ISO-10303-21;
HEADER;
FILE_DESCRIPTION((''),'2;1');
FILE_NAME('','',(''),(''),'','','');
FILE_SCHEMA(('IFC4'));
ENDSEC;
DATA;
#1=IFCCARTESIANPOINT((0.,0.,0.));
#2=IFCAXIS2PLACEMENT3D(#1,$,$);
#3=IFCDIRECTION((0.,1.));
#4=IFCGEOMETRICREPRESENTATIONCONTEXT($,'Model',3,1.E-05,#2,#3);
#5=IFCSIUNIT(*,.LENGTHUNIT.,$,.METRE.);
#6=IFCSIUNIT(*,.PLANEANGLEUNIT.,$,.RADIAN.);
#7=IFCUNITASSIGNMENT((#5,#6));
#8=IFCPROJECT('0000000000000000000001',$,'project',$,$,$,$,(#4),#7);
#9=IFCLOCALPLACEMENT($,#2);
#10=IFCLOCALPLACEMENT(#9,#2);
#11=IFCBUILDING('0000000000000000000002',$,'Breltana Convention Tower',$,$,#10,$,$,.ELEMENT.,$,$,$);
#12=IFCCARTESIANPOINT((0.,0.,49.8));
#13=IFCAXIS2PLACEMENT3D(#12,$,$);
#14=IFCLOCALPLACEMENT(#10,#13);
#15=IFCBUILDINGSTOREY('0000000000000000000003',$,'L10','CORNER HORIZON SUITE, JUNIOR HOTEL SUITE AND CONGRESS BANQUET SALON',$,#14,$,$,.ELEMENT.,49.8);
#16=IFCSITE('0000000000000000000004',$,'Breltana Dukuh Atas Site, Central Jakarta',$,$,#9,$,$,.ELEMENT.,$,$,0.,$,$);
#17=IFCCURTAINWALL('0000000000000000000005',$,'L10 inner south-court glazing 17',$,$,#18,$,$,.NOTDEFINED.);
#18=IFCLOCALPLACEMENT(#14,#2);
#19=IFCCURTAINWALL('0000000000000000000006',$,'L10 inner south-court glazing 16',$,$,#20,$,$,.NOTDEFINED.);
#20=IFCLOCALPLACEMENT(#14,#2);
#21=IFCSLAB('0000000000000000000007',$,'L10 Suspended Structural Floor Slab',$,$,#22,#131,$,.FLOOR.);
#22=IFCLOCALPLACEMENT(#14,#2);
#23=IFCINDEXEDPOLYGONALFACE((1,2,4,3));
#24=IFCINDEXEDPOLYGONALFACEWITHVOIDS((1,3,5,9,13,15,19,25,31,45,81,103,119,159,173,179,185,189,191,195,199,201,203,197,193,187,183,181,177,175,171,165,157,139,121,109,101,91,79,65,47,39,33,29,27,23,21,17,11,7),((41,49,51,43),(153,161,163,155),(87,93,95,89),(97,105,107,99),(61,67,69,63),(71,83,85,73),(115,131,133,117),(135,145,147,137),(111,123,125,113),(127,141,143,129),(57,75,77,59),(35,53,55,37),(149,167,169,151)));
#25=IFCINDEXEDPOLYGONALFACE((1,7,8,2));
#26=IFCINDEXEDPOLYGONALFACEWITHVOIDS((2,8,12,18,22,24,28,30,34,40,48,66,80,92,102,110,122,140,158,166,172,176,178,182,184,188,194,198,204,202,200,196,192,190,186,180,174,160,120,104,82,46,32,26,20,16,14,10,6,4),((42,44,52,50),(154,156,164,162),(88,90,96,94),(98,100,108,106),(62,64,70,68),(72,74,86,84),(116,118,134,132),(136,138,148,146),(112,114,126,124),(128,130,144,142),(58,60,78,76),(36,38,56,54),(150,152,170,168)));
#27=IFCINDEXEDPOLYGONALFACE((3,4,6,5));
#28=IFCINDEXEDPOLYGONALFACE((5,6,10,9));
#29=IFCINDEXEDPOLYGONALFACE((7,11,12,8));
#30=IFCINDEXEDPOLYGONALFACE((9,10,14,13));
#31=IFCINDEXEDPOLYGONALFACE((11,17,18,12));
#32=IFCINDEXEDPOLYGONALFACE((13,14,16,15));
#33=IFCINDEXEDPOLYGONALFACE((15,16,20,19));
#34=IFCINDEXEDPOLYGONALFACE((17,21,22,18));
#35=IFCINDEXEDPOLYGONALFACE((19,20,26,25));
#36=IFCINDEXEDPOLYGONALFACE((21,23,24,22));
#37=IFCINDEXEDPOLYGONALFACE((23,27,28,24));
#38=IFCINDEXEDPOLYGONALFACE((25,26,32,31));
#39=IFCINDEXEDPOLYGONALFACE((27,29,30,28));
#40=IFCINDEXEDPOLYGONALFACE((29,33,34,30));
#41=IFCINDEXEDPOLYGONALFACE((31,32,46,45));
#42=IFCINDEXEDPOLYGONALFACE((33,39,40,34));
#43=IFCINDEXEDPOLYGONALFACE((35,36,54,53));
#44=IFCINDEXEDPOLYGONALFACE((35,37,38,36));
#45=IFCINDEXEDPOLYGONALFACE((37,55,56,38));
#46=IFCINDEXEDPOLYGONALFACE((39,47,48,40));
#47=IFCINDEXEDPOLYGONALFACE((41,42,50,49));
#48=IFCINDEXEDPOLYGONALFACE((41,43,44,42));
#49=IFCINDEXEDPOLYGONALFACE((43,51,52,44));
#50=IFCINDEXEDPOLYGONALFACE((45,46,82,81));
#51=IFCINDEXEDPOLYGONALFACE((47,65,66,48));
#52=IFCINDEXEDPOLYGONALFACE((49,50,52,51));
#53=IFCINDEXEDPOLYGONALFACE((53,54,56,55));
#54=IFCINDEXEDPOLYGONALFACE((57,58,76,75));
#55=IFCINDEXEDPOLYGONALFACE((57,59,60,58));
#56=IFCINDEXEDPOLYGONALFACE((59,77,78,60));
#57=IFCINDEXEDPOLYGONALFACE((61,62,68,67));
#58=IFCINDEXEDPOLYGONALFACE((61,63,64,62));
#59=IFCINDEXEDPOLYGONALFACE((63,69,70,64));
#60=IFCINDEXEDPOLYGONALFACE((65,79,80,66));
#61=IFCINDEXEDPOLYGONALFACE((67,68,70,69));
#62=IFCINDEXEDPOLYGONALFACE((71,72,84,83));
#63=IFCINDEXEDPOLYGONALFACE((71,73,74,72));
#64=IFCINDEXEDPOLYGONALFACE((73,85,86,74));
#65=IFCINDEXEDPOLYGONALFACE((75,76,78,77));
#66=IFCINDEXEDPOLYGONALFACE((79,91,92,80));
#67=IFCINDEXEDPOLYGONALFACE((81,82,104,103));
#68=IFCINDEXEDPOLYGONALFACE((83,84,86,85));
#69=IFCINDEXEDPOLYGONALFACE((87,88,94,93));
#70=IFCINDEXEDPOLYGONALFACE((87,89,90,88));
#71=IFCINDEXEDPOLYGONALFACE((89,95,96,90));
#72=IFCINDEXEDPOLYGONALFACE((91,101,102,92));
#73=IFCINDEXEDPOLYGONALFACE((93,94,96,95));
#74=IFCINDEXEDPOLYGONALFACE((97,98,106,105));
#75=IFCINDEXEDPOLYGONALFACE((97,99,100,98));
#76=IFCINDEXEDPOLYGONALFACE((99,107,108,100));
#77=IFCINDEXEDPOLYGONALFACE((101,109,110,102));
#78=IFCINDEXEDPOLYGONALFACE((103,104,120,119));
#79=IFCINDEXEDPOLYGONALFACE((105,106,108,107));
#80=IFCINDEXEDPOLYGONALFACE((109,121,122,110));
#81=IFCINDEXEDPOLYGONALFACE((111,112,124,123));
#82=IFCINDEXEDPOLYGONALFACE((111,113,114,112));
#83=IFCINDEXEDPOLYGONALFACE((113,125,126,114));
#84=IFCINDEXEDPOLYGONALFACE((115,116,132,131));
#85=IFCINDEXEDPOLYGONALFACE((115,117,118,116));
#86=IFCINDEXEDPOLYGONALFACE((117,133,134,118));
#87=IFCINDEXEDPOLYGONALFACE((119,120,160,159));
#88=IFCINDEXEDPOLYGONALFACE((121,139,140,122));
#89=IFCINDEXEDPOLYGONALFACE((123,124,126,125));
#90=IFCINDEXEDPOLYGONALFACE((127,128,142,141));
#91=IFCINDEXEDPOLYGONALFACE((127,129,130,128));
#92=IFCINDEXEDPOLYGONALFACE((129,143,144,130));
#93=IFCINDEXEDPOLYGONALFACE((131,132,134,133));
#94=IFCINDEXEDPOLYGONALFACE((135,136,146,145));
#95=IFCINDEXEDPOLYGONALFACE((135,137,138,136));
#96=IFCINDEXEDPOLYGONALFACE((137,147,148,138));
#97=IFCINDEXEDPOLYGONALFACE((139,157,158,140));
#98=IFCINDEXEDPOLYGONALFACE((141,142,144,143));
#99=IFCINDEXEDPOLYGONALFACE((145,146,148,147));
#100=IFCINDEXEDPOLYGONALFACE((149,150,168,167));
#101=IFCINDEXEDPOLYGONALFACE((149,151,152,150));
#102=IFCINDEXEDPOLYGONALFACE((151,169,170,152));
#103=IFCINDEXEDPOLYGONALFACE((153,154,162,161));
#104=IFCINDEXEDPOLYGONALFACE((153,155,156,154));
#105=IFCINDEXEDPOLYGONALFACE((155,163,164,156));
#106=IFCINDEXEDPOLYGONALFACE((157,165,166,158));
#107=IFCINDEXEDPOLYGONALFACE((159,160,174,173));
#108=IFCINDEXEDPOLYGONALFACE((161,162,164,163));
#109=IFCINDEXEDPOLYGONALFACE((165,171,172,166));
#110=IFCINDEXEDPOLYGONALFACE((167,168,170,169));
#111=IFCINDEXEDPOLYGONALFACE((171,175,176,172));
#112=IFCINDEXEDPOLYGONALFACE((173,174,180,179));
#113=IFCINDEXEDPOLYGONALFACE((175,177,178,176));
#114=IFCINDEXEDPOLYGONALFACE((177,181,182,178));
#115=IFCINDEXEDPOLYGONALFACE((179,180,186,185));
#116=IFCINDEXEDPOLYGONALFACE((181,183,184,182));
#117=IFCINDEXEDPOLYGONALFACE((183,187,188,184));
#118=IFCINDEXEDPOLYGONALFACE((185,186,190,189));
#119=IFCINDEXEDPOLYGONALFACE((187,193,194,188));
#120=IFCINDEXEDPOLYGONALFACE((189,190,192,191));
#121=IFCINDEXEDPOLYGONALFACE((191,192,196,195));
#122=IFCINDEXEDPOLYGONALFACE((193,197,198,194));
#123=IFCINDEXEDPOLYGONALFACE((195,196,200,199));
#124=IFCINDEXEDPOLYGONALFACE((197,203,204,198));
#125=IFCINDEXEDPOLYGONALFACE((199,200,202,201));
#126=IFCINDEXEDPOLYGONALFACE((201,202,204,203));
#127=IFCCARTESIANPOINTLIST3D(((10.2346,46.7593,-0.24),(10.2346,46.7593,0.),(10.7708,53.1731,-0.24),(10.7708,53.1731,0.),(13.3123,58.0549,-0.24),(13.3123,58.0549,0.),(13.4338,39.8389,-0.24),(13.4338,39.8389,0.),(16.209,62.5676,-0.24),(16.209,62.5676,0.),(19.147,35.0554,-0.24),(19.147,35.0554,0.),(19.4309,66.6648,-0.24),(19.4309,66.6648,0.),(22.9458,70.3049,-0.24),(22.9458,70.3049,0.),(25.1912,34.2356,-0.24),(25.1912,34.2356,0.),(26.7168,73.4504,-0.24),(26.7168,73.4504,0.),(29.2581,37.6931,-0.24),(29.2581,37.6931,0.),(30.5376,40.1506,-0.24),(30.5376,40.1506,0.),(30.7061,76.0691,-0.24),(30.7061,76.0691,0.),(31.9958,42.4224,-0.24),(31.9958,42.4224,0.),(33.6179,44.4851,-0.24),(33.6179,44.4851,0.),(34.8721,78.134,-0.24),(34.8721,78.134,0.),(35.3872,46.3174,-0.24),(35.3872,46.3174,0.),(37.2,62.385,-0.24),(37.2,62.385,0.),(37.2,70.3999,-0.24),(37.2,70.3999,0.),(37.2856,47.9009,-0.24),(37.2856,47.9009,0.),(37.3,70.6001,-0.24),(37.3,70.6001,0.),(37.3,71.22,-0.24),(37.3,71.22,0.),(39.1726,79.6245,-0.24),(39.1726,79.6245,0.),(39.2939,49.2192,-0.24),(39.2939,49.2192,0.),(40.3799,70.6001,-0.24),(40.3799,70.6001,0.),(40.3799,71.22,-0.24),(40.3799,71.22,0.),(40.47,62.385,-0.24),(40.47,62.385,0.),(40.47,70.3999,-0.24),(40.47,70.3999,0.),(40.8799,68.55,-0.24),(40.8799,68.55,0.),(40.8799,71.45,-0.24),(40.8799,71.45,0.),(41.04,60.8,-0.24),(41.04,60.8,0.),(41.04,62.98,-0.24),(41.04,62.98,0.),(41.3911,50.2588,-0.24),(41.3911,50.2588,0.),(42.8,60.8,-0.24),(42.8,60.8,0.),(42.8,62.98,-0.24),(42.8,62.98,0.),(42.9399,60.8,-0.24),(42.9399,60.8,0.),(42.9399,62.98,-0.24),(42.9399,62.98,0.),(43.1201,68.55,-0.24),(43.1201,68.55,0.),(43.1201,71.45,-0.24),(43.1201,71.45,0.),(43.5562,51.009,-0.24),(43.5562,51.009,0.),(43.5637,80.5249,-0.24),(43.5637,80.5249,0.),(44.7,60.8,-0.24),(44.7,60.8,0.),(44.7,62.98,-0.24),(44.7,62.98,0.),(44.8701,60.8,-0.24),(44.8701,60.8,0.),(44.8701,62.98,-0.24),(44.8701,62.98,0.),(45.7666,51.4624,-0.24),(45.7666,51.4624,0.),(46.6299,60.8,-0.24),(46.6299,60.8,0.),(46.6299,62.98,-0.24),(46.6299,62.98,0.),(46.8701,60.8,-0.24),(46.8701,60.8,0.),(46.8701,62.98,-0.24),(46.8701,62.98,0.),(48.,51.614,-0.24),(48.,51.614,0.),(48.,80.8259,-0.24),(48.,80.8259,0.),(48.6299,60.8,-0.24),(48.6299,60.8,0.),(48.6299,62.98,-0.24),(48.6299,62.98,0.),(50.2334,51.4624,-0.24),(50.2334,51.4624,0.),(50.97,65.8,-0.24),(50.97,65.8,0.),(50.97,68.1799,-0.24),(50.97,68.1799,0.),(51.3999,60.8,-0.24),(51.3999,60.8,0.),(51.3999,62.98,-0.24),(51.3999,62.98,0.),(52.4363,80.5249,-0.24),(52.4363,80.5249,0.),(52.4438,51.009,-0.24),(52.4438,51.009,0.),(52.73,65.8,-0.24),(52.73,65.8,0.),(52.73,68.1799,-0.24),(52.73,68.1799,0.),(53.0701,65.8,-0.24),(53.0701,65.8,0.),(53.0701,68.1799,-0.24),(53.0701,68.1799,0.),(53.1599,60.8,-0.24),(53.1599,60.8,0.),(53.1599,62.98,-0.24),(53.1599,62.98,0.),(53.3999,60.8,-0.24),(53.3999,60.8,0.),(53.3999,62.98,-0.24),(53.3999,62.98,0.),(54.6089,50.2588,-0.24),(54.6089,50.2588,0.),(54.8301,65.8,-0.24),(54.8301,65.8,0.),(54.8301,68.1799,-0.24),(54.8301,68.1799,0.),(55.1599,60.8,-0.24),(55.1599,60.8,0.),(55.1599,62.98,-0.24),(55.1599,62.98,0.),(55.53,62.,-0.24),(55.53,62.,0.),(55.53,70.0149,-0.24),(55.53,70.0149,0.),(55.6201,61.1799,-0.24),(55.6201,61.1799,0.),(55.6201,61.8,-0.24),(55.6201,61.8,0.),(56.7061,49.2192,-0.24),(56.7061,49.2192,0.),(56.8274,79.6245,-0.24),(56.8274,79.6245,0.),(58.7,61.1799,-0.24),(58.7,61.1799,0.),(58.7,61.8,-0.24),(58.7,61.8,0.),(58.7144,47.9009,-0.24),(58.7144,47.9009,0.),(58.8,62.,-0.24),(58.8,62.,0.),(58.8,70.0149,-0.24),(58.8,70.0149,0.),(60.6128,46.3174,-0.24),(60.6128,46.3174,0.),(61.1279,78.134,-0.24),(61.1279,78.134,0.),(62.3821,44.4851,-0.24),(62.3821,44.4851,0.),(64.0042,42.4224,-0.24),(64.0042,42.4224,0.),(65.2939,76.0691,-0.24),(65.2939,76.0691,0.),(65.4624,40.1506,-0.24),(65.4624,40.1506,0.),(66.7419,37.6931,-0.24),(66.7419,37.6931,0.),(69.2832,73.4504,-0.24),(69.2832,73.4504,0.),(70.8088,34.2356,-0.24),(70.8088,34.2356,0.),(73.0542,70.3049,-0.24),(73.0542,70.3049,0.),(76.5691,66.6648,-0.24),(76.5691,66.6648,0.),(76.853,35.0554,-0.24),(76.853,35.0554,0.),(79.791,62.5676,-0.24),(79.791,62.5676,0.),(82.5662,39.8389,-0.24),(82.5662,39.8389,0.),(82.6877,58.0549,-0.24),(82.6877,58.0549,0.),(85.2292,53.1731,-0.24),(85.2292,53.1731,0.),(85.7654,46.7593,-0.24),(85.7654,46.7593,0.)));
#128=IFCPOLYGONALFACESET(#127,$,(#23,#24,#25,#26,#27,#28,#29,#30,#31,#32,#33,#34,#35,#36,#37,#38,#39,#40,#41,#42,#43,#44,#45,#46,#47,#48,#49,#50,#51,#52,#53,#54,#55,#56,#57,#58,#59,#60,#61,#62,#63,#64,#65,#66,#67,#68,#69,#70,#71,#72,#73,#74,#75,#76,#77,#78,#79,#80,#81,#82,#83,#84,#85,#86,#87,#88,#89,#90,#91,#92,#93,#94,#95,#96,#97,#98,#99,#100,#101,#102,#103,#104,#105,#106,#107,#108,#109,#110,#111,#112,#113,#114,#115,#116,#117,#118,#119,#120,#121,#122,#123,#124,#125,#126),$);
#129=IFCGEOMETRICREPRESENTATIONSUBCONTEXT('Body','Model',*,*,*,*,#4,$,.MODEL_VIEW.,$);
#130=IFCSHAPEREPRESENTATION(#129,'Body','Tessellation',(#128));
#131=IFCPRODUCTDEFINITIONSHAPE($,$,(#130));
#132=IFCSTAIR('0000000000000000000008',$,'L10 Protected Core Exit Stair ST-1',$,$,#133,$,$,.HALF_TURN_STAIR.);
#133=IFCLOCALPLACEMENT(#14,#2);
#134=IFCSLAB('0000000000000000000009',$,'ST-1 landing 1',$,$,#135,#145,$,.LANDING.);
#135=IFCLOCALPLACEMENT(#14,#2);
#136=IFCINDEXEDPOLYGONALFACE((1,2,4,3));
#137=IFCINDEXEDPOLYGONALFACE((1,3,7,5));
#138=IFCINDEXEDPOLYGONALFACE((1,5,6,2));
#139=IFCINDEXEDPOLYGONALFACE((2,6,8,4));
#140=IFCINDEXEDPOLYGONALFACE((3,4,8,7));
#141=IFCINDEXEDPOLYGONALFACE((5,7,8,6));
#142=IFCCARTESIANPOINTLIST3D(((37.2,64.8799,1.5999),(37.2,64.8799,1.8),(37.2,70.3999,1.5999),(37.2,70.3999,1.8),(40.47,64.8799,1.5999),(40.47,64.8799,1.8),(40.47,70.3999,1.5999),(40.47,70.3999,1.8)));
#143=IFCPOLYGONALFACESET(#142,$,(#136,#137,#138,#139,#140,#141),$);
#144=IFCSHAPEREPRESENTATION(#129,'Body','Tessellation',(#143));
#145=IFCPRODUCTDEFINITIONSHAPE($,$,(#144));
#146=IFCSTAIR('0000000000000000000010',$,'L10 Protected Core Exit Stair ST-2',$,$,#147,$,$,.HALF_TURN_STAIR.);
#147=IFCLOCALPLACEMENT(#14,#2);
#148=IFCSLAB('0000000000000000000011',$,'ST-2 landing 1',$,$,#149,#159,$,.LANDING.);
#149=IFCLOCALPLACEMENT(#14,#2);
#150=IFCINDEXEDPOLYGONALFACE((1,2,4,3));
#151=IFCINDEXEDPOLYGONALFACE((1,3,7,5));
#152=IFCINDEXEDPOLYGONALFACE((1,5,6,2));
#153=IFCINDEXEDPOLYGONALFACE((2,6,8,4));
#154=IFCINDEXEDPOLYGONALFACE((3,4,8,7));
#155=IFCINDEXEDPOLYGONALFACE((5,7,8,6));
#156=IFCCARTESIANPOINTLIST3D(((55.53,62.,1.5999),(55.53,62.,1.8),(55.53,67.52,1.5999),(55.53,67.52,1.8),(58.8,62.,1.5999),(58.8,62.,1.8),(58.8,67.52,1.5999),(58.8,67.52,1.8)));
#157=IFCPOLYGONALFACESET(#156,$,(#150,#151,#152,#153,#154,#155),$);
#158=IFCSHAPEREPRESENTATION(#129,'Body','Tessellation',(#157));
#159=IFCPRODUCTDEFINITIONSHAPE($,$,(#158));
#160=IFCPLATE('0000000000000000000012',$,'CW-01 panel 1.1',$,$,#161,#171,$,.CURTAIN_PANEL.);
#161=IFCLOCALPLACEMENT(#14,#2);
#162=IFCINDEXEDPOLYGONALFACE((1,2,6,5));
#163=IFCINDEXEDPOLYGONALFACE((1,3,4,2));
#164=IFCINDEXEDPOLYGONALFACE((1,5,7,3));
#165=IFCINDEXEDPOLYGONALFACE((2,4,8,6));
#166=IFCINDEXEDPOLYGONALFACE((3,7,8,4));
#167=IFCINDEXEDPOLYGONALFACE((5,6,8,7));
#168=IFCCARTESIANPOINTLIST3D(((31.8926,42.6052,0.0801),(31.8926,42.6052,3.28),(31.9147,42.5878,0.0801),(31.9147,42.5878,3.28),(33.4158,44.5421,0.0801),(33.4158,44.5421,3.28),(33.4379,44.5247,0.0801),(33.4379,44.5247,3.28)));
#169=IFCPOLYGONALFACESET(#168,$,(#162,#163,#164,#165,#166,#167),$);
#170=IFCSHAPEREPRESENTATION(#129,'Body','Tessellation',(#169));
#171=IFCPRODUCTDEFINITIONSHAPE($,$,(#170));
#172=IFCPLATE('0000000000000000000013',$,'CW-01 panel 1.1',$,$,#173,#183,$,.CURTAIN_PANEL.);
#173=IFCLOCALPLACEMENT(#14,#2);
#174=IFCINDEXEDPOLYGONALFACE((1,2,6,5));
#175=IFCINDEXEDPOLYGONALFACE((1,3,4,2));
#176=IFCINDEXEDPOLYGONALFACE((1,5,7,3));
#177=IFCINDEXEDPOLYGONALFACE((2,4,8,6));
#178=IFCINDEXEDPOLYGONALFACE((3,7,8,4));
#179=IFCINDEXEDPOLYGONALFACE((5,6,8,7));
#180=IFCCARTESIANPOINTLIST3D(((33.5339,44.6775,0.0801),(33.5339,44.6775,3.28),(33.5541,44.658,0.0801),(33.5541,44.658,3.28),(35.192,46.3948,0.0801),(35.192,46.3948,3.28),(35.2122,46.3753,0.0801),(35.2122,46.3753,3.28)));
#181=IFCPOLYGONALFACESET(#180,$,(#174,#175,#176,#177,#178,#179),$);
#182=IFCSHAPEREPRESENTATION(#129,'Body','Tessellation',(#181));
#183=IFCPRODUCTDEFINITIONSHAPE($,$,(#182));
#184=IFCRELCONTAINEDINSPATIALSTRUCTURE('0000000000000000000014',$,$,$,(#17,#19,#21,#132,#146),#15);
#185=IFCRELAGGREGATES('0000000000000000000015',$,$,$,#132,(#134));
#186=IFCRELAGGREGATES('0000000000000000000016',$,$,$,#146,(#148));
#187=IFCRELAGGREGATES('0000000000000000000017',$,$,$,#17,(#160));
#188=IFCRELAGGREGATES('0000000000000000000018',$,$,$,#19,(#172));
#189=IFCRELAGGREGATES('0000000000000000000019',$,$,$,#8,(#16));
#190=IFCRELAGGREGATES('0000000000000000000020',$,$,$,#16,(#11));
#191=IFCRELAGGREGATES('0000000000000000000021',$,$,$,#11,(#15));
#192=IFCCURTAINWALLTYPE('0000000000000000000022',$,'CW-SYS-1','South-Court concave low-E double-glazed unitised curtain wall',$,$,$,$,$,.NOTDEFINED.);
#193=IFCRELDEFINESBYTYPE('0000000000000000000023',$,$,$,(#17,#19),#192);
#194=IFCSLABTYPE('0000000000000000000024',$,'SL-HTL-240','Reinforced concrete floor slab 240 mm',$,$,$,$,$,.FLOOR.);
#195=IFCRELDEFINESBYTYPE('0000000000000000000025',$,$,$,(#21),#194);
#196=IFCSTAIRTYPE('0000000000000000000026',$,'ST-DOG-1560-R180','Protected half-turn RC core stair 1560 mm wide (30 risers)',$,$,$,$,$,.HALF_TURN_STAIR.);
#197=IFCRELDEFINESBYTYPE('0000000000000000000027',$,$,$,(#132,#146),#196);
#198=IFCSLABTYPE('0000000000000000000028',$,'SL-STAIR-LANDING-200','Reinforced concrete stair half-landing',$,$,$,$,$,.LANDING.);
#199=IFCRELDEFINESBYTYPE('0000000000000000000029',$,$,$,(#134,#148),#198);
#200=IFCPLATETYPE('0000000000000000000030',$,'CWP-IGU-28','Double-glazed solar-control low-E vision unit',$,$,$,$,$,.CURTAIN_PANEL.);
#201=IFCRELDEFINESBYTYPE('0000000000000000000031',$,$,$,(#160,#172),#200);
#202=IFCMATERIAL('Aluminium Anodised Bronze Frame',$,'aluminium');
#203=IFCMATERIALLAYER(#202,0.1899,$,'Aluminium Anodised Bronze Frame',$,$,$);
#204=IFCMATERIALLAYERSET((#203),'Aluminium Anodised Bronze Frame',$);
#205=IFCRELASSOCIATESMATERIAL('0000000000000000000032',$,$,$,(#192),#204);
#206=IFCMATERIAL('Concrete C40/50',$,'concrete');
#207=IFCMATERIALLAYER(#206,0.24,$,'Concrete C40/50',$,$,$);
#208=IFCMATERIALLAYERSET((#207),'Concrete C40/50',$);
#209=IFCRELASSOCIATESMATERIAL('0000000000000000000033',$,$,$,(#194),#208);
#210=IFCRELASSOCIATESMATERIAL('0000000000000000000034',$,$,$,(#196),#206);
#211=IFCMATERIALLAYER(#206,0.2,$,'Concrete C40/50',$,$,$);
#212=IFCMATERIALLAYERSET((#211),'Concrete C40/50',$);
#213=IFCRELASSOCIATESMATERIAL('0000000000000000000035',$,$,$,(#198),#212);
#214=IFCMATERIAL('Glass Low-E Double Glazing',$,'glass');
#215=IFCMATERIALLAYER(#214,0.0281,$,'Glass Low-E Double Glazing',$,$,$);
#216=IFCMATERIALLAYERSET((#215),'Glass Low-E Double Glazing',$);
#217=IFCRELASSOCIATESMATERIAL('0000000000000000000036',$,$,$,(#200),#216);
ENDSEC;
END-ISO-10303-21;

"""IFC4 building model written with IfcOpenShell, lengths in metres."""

from ifc_helpers import new_model, si_unit, direction, frame, origin, origin_2d, place, context, subcontext, project, spatial, polyline, rectangle, outline, extrude, source, transform, mapped, material, layer, layer_set, type_object, element, aggregate, save


model = new_model("IFC4")

# Units and contexts
model_context = context("Model", 3, precision=1e-05, world=origin(), true_north=direction((0.0, 1.0)))
body_context = subcontext(model_context, "Body", "Model", "MODEL_VIEW")
ifc_project = project(units=[si_unit("LENGTHUNIT", "METRE"), si_unit("PLANEANGLEUNIT", "RADIAN")], contexts=[model_context])

# Site, building, storey
site_placement = place(None, origin())
site = spatial("IfcSite", under=ifc_project, at=site_placement, Name="Breltana Dukuh Atas Site, Central Jakarta", CompositionType="ELEMENT", RefElevation=0.0)
building_placement = place(site_placement, origin())
building = spatial("IfcBuilding", under=site, at=building_placement, Name="Breltana Convention Tower", CompositionType="ELEMENT")
storey_placement = place(building_placement, frame((0.0, 0.0, 49.8)))
storey = spatial("IfcBuildingStorey", under=building, at=storey_placement, Name="L10", Description="CORNER HORIZON SUITE, JUNIOR HOTEL SUITE AND CONGRESS BANQUET SALON", CompositionType="ELEMENT", Elevation=49.8)

# Curtain wall
ifc_material_1 = material(Name="Aluminium Anodised Bronze Frame", Category="aluminium")
ifc_layer_1 = layer(ifc_material_1, 0.1899, Name="Aluminium Anodised Bronze Frame")
ifc_layer_set_1 = layer_set([ifc_layer_1], Name="Aluminium Anodised Bronze Frame")
curtain_wall_type = type_object("IfcCurtainWallType", Name="CW-SYS-1", Description="South-Court concave low-E double-glazed unitised curtain wall", PredefinedType="NOTDEFINED", material=ifc_layer_set_1)
curtain_wall_1_placement = place(storey_placement, origin())
curtain_wall_1 = element("IfcCurtainWall", 1, at=curtain_wall_1_placement, inside=storey, type_object=curtain_wall_type, Name="L10 inner south-court glazing 17", PredefinedType="NOTDEFINED")

# Curtain wall
curtain_wall_2_placement = place(storey_placement, origin())
curtain_wall_2 = element("IfcCurtainWall", 2, at=curtain_wall_2_placement, inside=storey, type_object=curtain_wall_type, Name="L10 inner south-court glazing 16", PredefinedType="NOTDEFINED")

# Slab
ifc_material_2 = material(Name="Concrete C40/50", Category="concrete")
ifc_layer_2 = layer(ifc_material_2, 0.24, Name="Concrete C40/50")
ifc_layer_set_2 = layer_set([ifc_layer_2], Name="Concrete C40/50")
slab_type_1 = type_object("IfcSlabType", Name="SL-HTL-240", Description="Reinforced concrete floor slab 240 mm", PredefinedType="FLOOR", material=ifc_layer_set_2)
slab_1_placement = place(storey_placement, frame((0.0, 0.0, -0.24)))
element("IfcSlab", 3, at=slab_1_placement, inside=storey, type_object=slab_type_1, Name="L10 Suspended Structural Floor Slab", PredefinedType="FLOOR", context=body_context, shape_type="SweptSolid", body=[
    extrude(outline(polyline([(85.2292, 53.1731), (82.6877, 58.0549), (79.791, 62.5676), (76.5691, 66.6648), (73.0542, 70.3049), (69.2832, 73.4504), (65.2939, 76.0691), (61.1279, 78.134), (56.8274, 79.6245), (52.4363, 80.5249), (48.0, 80.8259), (43.5637, 80.5249), (39.1726, 79.6245), (34.8721, 78.134), (30.7061, 76.0691), (26.7168, 73.4504), (22.9458, 70.3049), (19.4309, 66.6648), (16.209, 62.5676), (13.3123, 58.0549), (10.7708, 53.1731), (10.2346, 46.7593), (13.4338, 39.8389), (19.147, 35.0554), (25.1912, 34.2356), (29.2581, 37.6931), (30.5376, 40.1506), (31.9958, 42.4224), (33.6179, 44.4851), (35.3872, 46.3174), (37.2856, 47.9009), (39.2939, 49.2192), (41.3911, 50.2588), (43.5562, 51.009), (45.7666, 51.4624), (48.0, 51.614), (50.2334, 51.4624), (52.4438, 51.009), (54.6089, 50.2588), (56.7061, 49.2192), (58.7144, 47.9009), (60.6128, 46.3174), (62.3821, 44.4851), (64.0042, 42.4224), (65.4624, 40.1506), (66.7419, 37.6931), (70.8088, 34.2356), (76.853, 35.0554), (82.5662, 39.8389), (85.7654, 46.7593), (85.2292, 53.1731)]), holes=[polyline([(37.2, 62.385), (40.47, 62.385), (40.47, 70.3999), (37.2, 70.3999), (37.2, 62.385)]), polyline([(55.53, 62.0), (58.8, 62.0), (58.8, 70.0149), (55.53, 70.0149), (55.53, 62.0)]), polyline([(41.04, 60.8), (42.8, 60.8), (42.8, 62.98), (41.04, 62.98), (41.04, 60.8)]), polyline([(42.9399, 60.8), (44.7, 60.8), (44.7, 62.98), (42.9399, 62.98), (42.9399, 60.8)]), polyline([(44.8701, 60.8), (46.6299, 60.8), (46.6299, 62.98), (44.8701, 62.98), (44.8701, 60.8)]), polyline([(46.8701, 60.8), (48.6299, 60.8), (48.6299, 62.98), (46.8701, 62.98), (46.8701, 60.8)]), polyline([(51.3999, 60.8), (53.1599, 60.8), (53.1599, 62.98), (51.3999, 62.98), (51.3999, 60.8)]), polyline([(53.3999, 60.8), (55.1599, 60.8), (55.1599, 62.98), (53.3999, 62.98), (53.3999, 60.8)]), polyline([(50.97, 65.8), (52.73, 65.8), (52.73, 68.1799), (50.97, 68.1799), (50.97, 65.8)]), polyline([(53.0701, 65.8), (54.8301, 65.8), (54.8301, 68.1799), (53.0701, 68.1799), (53.0701, 65.8)]), polyline([(40.8799, 68.55), (43.1201, 68.55), (43.1201, 71.45), (40.8799, 71.45), (40.8799, 68.55)]), polyline([(37.3, 70.6001), (40.3799, 70.6001), (40.3799, 71.22), (37.3, 71.22), (37.3, 70.6001)]), polyline([(55.6201, 61.1799), (58.7, 61.1799), (58.7, 61.8), (55.6201, 61.8), (55.6201, 61.1799)])]), origin(), (0.0, 0.0, 1.0), 0.24),
])

# Stairs, slabs
stair_type = type_object("IfcStairType", Name="ST-DOG-1560-R180", Description="Protected half-turn RC core stair 1560 mm wide (30 risers)", PredefinedType="HALF_TURN_STAIR", material=ifc_material_2)
stair_1_placement = place(storey_placement, origin())
stair_1 = element("IfcStair", 4, at=stair_1_placement, inside=storey, type_object=stair_type, Name="L10 Protected Core Exit Stair ST-1", PredefinedType="HALF_TURN_STAIR")
ifc_layer_3 = layer(ifc_material_2, 0.2, Name="Concrete C40/50")
ifc_layer_set_3 = layer_set([ifc_layer_3], Name="Concrete C40/50")
slab_type_2 = type_object("IfcSlabType", Name="SL-STAIR-LANDING-200", Description="Reinforced concrete stair half-landing", PredefinedType="LANDING", material=ifc_layer_set_3)
slab_2_placement = place(storey_placement, frame((0.0, 0.0, 1.5999)))
slab_2 = element("IfcSlab", 5, at=slab_2_placement, type_object=slab_type_2, Name="ST-1 landing 1", PredefinedType="LANDING", context=body_context, shape_type="SweptSolid", body=[
    extrude(outline(polyline([(40.47, 64.8799), (40.47, 70.3999), (37.2, 70.3999), (37.2, 64.8799), (40.47, 64.8799)])), origin(), (0.0, 0.0, 1.0), 0.2002),
])
aggregate(stair_1, [slab_2])
stair_2_placement = place(storey_placement, origin())
stair_2 = element("IfcStair", 6, at=stair_2_placement, inside=storey, type_object=stair_type, Name="L10 Protected Core Exit Stair ST-2", PredefinedType="HALF_TURN_STAIR")
slab_3_placement = place(storey_placement, frame((0.0, 0.0, 1.5999)))
slab_3 = element("IfcSlab", 7, at=slab_3_placement, type_object=slab_type_2, Name="ST-2 landing 1", PredefinedType="LANDING", context=body_context, shape_type="SweptSolid", body=[
    extrude(outline(polyline([(55.53, 67.52), (55.53, 62.0), (58.8, 62.0), (58.8, 67.52), (55.53, 67.52)])), origin(), (0.0, 0.0, 1.0), 0.2002),
])
aggregate(stair_2, [slab_3])

# Plates
ifc_material_3 = material(Name="Glass Low-E Double Glazing", Category="glass")
ifc_layer_4 = layer(ifc_material_3, 0.0281, Name="Glass Low-E Double Glazing")
ifc_layer_set_4 = layer_set([ifc_layer_4], Name="Glass Low-E Double Glazing")
plate_type = type_object("IfcPlateType", Name="CWP-IGU-28", Description="Double-glazed solar-control low-E vision unit", PredefinedType="CURTAIN_PANEL", material=ifc_layer_set_4)
shared_shape_1 = source(origin(), body_context, "Body", "SweptSolid", [
    extrude(rectangle(XDim=2.4641, YDim=0.0281, at=origin_2d()), origin(), (0.0, 0.0, 1.0), 3.2),
])
plate_1_placement = place(storey_placement, frame((32.6653, 43.5649, 0.0801), z_axis=(0.0, 0.0, 1.0), x_axis=(-0.618153, -0.786058, 0.0)))
plate_1 = element("IfcPlate", 8, at=plate_1_placement, type_object=plate_type, Name="CW-01 panel 1.1", PredefinedType="CURTAIN_PANEL", context=body_context, shape_type="MappedRepresentation", body=[
    mapped(shared_shape_1, transform((0.0, 0.0, 0.0), scale=1.0)),
])
aggregate(curtain_wall_1, [plate_1])
shared_shape_2 = source(origin(), body_context, "Body", "SweptSolid", [
    extrude(rectangle(XDim=2.3872, YDim=0.0281, at=origin_2d()), origin(), (0.0, 0.0, 1.0), 3.2),
])
plate_2_placement = place(storey_placement, frame((34.373, 45.5264, 0.0801), z_axis=(0.0, 0.0, 1.0), x_axis=(-0.694612, -0.719385, 0.0)))
plate_2 = element("IfcPlate", 9, at=plate_2_placement, type_object=plate_type, Name="CW-01 panel 1.1", PredefinedType="CURTAIN_PANEL", context=body_context, shape_type="MappedRepresentation", body=[
    mapped(shared_shape_2, transform((0.0, 0.0, 0.0), scale=1.0)),
])
aggregate(curtain_wall_2, [plate_2])

save(model, "model.ifc")
